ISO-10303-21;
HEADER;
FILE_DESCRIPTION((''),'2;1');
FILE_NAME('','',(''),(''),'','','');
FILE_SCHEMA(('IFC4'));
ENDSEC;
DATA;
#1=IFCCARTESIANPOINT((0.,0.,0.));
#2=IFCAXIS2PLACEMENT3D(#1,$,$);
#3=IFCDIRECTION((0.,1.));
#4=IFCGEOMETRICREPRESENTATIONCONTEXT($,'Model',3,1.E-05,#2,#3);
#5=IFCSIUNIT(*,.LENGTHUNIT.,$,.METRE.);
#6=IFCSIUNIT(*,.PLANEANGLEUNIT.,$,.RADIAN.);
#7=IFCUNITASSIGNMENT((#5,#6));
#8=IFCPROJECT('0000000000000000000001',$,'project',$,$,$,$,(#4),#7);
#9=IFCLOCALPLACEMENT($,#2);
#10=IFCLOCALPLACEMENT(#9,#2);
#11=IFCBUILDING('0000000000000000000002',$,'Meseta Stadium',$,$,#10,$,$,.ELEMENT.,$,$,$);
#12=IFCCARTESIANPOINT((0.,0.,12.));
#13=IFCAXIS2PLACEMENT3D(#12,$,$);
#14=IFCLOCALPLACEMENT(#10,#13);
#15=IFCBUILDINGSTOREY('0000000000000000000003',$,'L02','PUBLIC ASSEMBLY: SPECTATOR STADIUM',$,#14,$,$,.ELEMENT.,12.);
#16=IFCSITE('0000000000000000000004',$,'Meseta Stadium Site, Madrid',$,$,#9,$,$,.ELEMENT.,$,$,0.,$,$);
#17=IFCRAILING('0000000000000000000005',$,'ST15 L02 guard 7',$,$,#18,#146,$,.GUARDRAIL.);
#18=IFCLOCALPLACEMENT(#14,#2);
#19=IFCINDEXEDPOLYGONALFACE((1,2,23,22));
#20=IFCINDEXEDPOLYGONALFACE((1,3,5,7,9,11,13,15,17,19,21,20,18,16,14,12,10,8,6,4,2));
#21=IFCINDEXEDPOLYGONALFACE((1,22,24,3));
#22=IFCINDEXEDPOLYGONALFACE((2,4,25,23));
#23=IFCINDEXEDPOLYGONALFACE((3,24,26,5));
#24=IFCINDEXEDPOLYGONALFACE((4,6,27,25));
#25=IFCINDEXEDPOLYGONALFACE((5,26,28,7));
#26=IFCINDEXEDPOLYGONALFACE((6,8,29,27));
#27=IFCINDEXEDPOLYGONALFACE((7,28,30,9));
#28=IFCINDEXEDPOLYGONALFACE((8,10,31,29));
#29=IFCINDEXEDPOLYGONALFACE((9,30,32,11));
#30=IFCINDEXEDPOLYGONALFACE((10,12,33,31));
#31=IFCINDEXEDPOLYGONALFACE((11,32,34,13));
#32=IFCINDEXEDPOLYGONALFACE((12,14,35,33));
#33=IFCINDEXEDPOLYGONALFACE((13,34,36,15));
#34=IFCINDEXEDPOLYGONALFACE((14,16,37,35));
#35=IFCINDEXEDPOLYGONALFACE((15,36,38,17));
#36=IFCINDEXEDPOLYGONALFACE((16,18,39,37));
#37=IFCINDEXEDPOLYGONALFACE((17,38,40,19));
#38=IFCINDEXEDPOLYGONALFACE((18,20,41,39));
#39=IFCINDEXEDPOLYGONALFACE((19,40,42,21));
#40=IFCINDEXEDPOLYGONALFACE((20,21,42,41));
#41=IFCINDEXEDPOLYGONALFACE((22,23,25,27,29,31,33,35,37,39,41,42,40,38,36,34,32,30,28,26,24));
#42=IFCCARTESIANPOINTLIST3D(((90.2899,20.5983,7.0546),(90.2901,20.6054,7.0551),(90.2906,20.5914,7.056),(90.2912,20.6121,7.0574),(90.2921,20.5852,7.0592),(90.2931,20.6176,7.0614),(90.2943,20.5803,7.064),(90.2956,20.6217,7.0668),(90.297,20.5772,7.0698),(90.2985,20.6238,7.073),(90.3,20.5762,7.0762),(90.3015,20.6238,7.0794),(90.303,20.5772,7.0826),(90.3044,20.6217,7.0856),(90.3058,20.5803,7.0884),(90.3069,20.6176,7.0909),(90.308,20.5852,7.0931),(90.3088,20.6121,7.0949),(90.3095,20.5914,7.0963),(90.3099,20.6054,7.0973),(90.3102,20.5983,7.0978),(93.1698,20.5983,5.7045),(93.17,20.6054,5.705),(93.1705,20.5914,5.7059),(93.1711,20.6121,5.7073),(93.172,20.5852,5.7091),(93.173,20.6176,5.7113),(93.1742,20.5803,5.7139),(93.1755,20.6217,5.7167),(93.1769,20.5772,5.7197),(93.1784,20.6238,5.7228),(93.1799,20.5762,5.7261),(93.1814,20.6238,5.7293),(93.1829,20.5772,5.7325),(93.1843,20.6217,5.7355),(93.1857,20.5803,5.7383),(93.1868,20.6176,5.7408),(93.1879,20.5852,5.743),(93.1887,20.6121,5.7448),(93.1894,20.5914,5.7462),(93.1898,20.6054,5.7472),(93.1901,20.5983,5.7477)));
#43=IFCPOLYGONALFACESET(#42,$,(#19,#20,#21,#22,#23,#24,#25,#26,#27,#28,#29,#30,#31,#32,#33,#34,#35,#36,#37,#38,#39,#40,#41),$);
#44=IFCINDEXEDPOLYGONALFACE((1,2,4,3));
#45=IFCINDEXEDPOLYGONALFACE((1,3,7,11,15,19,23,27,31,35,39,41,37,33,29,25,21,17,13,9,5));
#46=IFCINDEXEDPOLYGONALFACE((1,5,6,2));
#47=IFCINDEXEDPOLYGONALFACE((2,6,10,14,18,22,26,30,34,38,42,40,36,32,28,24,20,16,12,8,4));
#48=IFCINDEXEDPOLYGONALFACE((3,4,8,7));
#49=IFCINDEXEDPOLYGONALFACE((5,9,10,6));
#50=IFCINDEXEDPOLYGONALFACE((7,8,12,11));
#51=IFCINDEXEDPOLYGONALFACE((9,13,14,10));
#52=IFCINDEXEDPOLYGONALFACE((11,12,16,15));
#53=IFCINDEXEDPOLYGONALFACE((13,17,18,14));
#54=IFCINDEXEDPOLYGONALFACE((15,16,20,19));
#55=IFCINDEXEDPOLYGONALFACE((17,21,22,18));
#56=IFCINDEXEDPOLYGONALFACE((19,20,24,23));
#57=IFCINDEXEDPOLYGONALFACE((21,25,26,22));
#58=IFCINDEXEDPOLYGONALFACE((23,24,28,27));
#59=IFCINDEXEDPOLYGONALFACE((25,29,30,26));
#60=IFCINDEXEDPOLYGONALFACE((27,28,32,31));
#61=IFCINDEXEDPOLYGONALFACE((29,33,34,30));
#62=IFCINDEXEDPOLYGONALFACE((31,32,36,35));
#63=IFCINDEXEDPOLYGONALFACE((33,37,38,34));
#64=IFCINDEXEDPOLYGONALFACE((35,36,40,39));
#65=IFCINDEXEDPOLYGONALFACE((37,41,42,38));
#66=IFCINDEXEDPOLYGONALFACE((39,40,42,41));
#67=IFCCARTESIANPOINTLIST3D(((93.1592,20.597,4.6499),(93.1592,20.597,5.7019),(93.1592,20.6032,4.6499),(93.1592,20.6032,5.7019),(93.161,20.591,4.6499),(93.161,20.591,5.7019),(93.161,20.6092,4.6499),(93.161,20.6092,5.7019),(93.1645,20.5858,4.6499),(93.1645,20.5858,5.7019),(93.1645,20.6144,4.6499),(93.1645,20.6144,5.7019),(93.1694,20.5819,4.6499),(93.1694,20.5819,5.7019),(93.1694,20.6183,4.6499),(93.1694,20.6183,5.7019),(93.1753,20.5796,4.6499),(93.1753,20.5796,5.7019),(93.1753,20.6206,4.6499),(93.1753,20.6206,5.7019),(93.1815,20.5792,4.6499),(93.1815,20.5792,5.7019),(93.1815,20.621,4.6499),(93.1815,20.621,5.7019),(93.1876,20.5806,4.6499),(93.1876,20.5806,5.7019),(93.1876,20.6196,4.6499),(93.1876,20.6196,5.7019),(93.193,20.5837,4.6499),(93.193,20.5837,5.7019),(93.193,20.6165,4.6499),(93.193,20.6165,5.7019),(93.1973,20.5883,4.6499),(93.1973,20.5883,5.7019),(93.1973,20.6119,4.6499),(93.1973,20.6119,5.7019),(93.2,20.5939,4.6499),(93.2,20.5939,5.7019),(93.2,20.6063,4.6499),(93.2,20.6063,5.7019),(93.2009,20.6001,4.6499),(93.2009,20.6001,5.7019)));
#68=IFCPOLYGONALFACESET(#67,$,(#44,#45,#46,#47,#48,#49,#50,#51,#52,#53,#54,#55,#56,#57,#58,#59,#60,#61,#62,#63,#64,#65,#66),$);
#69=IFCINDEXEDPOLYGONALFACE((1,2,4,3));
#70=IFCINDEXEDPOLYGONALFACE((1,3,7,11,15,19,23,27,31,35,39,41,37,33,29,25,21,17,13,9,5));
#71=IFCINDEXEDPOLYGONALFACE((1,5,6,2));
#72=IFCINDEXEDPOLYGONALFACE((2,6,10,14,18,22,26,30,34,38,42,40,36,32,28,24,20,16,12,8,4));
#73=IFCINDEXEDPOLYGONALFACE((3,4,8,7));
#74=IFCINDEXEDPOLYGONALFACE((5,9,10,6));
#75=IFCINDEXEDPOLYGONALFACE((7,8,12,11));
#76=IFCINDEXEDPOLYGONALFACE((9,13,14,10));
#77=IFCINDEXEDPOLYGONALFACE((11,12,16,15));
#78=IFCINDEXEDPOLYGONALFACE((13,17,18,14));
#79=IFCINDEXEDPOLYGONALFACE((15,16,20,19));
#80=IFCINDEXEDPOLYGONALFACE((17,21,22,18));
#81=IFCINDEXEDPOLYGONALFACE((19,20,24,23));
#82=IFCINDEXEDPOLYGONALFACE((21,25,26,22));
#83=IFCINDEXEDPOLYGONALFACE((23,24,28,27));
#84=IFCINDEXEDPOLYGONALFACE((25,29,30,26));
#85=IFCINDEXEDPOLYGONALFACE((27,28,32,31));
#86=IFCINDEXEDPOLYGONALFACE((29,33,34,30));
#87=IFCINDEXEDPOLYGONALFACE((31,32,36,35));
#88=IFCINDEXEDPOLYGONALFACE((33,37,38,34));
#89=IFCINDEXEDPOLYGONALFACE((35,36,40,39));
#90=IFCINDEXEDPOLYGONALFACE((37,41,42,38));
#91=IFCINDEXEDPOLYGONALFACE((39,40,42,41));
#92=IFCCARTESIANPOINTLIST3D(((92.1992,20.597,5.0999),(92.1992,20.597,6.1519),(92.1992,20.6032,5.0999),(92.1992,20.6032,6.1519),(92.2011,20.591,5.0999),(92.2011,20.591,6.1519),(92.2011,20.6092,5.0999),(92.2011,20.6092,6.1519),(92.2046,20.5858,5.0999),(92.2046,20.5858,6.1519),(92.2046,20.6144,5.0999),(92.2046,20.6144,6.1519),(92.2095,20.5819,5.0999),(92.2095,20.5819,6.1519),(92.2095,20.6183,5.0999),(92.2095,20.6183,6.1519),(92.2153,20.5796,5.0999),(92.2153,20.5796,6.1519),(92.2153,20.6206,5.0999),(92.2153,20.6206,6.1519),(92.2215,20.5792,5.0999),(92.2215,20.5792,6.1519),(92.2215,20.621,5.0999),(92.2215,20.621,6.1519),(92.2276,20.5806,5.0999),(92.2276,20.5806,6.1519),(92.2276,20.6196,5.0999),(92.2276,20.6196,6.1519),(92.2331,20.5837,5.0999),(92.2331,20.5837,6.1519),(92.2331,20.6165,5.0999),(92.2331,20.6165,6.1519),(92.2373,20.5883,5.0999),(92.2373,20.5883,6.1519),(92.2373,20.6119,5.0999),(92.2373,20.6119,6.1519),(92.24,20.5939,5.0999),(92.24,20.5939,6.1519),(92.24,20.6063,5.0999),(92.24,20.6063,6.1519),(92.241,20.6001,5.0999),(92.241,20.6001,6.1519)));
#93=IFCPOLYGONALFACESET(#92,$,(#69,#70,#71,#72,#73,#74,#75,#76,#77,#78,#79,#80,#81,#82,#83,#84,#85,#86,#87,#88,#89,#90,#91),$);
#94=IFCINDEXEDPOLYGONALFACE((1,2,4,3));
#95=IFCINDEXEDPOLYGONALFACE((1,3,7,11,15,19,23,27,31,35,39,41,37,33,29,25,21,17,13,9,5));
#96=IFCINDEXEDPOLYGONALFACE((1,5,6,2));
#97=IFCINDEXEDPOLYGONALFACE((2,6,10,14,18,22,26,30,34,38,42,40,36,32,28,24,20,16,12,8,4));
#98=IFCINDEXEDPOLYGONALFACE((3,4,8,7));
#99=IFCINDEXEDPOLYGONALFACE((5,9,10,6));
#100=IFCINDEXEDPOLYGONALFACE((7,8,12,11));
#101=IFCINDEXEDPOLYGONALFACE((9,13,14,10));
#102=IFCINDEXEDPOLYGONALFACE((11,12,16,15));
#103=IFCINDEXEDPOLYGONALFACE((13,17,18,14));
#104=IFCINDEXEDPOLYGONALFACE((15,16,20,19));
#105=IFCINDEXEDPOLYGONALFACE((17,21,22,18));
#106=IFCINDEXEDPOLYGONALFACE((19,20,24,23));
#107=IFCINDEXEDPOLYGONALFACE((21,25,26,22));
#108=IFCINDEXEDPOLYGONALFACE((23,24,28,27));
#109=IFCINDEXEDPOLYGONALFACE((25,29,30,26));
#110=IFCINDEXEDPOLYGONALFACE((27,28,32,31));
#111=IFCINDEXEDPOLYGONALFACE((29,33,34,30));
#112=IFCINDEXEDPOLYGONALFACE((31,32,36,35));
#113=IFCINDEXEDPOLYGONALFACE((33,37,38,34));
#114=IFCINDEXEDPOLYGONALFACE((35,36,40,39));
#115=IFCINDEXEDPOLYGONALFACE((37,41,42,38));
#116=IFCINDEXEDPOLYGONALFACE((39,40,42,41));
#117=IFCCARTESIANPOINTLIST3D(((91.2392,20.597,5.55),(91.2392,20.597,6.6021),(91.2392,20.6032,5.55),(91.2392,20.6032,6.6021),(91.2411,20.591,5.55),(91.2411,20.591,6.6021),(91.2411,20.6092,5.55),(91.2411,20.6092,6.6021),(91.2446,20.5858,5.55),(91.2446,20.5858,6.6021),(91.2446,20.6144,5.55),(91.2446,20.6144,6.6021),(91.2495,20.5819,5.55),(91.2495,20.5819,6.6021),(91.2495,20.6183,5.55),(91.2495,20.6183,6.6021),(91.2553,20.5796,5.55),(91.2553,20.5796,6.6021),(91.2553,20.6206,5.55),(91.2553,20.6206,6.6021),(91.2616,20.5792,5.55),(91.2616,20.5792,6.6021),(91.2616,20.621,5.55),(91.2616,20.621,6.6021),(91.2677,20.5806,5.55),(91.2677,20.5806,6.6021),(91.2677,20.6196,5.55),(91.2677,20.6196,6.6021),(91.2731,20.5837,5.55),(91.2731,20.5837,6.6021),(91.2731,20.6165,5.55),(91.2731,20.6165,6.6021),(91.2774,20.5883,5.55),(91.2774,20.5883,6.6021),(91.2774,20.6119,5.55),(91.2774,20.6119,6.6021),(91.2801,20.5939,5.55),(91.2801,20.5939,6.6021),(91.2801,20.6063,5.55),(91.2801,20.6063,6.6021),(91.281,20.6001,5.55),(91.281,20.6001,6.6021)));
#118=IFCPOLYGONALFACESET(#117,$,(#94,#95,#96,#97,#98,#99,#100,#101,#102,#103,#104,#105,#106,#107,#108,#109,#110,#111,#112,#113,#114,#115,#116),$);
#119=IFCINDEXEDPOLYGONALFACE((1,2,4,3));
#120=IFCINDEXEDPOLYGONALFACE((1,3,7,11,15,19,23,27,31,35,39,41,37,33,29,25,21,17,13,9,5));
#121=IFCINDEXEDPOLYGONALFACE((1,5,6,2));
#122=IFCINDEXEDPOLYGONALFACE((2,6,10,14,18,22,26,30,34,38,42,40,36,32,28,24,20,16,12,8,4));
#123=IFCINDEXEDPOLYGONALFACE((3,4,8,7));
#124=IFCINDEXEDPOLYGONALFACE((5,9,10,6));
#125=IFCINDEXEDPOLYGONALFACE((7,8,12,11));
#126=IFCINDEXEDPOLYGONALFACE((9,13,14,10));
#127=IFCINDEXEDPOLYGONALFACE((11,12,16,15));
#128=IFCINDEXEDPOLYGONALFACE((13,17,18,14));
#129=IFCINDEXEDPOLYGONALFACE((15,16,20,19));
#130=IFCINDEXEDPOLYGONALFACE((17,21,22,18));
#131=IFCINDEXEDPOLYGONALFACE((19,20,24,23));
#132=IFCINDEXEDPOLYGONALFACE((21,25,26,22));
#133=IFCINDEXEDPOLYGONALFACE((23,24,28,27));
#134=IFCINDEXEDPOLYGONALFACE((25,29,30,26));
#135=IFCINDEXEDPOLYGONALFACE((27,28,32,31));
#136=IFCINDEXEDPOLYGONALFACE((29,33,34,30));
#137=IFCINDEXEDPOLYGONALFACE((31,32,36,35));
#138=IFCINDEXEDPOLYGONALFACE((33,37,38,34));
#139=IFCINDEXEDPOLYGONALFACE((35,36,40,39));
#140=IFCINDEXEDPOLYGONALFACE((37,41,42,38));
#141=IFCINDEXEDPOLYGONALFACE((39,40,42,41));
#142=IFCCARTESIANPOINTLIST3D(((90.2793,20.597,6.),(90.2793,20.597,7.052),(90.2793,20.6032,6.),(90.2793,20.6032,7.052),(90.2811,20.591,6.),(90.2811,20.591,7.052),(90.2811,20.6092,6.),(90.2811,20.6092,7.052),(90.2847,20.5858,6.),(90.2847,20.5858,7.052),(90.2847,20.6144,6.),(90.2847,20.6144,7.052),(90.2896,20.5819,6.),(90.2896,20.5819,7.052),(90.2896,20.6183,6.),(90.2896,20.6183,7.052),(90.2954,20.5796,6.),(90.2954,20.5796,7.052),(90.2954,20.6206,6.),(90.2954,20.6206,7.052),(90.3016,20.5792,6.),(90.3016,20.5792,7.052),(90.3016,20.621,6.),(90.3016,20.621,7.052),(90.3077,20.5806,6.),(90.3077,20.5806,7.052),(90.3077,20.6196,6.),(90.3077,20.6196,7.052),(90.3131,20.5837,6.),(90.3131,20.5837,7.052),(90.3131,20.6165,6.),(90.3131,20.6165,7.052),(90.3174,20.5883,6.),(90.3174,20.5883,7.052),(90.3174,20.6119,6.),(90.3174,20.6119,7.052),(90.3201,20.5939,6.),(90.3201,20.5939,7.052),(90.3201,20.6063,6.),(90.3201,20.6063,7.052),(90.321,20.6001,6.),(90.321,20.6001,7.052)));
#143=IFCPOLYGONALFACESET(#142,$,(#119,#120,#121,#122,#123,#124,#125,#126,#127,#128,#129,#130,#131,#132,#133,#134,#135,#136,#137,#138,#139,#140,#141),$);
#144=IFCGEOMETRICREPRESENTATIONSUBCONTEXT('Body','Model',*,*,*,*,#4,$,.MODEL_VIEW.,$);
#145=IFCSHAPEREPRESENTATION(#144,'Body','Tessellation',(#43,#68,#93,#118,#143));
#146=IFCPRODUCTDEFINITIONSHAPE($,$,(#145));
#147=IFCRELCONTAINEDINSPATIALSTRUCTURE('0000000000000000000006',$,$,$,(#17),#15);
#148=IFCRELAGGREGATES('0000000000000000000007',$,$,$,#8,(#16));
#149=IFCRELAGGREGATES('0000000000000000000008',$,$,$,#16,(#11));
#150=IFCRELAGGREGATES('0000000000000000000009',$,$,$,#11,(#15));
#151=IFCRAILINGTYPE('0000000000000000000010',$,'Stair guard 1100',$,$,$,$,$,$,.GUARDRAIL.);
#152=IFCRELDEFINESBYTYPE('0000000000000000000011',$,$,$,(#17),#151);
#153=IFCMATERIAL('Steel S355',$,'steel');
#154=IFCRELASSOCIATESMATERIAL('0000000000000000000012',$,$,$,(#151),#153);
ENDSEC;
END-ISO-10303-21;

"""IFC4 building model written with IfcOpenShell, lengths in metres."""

from ifc_helpers import new_model, si_unit, direction, frame, origin, origin_2d, place, context, subcontext, project, spatial, circle, extrude, material, type_object, element, save


model = new_model("IFC4")

# Units and contexts
model_context = context("Model", 3, precision=1e-05, world=origin(), true_north=direction((0.0, 1.0)))
body_context = subcontext(model_context, "Body", "Model", "MODEL_VIEW")
ifc_project = project(units=[si_unit("LENGTHUNIT", "METRE"), si_unit("PLANEANGLEUNIT", "RADIAN")], contexts=[model_context])

# Site, building, storey
site_placement = place(None, origin())
site = spatial("IfcSite", under=ifc_project, at=site_placement, Name="Meseta Stadium Site, Madrid", CompositionType="ELEMENT", RefElevation=0.0)
building_placement = place(site_placement, origin())
building = spatial("IfcBuilding", under=site, at=building_placement, Name="Meseta Stadium", CompositionType="ELEMENT")
storey_placement = place(building_placement, frame((0.0, 0.0, 12.0)))
storey = spatial("IfcBuildingStorey", under=building, at=storey_placement, Name="L02", Description="PUBLIC ASSEMBLY: SPECTATOR STADIUM", CompositionType="ELEMENT", Elevation=12.0)

# Railing
ifc_material_1 = material(Name="Steel S355", Category="steel")
railing_type_1 = type_object("IfcRailingType", Name="Stair guard 1100", PredefinedType="GUARDRAIL", material=ifc_material_1)
railing_1_placement = place(storey_placement, frame((93.1799, 20.6001, 4.6499)))
element("IfcRailing", 1, at=railing_1_placement, inside=storey, type_object=railing_type_1, Name="ST15 L02 guard 7", PredefinedType="GUARDRAIL", context=body_context, shape_type="SweptSolid", body=[
    extrude(circle(Radius=0.0239, at=origin_2d()), frame((0.0, 0.0, 1.0762), z_axis=(-0.90544, 0.0, 0.424473), x_axis=(0.0, -1.0, 0.0)), (0.0, 0.0, 1.0), 3.1807),
    extrude(circle(Radius=0.021, at=origin_2d()), origin(), (0.0, 0.0, 1.0), 1.052),
    extrude(circle(Radius=0.021, at=origin_2d()), frame((-0.96, 0.0, 0.45)), (0.0, 0.0, 1.0), 1.052),
    extrude(circle(Radius=0.021, at=origin_2d()), frame((-1.9199, 0.0, 0.9001)), (0.0, 0.0, 1.0), 1.052),
    extrude(circle(Radius=0.021, at=origin_2d()), frame((-2.8799, 0.0, 1.3501)), (0.0, 0.0, 1.0), 1.052),
])

save(model, "model.ifc")
